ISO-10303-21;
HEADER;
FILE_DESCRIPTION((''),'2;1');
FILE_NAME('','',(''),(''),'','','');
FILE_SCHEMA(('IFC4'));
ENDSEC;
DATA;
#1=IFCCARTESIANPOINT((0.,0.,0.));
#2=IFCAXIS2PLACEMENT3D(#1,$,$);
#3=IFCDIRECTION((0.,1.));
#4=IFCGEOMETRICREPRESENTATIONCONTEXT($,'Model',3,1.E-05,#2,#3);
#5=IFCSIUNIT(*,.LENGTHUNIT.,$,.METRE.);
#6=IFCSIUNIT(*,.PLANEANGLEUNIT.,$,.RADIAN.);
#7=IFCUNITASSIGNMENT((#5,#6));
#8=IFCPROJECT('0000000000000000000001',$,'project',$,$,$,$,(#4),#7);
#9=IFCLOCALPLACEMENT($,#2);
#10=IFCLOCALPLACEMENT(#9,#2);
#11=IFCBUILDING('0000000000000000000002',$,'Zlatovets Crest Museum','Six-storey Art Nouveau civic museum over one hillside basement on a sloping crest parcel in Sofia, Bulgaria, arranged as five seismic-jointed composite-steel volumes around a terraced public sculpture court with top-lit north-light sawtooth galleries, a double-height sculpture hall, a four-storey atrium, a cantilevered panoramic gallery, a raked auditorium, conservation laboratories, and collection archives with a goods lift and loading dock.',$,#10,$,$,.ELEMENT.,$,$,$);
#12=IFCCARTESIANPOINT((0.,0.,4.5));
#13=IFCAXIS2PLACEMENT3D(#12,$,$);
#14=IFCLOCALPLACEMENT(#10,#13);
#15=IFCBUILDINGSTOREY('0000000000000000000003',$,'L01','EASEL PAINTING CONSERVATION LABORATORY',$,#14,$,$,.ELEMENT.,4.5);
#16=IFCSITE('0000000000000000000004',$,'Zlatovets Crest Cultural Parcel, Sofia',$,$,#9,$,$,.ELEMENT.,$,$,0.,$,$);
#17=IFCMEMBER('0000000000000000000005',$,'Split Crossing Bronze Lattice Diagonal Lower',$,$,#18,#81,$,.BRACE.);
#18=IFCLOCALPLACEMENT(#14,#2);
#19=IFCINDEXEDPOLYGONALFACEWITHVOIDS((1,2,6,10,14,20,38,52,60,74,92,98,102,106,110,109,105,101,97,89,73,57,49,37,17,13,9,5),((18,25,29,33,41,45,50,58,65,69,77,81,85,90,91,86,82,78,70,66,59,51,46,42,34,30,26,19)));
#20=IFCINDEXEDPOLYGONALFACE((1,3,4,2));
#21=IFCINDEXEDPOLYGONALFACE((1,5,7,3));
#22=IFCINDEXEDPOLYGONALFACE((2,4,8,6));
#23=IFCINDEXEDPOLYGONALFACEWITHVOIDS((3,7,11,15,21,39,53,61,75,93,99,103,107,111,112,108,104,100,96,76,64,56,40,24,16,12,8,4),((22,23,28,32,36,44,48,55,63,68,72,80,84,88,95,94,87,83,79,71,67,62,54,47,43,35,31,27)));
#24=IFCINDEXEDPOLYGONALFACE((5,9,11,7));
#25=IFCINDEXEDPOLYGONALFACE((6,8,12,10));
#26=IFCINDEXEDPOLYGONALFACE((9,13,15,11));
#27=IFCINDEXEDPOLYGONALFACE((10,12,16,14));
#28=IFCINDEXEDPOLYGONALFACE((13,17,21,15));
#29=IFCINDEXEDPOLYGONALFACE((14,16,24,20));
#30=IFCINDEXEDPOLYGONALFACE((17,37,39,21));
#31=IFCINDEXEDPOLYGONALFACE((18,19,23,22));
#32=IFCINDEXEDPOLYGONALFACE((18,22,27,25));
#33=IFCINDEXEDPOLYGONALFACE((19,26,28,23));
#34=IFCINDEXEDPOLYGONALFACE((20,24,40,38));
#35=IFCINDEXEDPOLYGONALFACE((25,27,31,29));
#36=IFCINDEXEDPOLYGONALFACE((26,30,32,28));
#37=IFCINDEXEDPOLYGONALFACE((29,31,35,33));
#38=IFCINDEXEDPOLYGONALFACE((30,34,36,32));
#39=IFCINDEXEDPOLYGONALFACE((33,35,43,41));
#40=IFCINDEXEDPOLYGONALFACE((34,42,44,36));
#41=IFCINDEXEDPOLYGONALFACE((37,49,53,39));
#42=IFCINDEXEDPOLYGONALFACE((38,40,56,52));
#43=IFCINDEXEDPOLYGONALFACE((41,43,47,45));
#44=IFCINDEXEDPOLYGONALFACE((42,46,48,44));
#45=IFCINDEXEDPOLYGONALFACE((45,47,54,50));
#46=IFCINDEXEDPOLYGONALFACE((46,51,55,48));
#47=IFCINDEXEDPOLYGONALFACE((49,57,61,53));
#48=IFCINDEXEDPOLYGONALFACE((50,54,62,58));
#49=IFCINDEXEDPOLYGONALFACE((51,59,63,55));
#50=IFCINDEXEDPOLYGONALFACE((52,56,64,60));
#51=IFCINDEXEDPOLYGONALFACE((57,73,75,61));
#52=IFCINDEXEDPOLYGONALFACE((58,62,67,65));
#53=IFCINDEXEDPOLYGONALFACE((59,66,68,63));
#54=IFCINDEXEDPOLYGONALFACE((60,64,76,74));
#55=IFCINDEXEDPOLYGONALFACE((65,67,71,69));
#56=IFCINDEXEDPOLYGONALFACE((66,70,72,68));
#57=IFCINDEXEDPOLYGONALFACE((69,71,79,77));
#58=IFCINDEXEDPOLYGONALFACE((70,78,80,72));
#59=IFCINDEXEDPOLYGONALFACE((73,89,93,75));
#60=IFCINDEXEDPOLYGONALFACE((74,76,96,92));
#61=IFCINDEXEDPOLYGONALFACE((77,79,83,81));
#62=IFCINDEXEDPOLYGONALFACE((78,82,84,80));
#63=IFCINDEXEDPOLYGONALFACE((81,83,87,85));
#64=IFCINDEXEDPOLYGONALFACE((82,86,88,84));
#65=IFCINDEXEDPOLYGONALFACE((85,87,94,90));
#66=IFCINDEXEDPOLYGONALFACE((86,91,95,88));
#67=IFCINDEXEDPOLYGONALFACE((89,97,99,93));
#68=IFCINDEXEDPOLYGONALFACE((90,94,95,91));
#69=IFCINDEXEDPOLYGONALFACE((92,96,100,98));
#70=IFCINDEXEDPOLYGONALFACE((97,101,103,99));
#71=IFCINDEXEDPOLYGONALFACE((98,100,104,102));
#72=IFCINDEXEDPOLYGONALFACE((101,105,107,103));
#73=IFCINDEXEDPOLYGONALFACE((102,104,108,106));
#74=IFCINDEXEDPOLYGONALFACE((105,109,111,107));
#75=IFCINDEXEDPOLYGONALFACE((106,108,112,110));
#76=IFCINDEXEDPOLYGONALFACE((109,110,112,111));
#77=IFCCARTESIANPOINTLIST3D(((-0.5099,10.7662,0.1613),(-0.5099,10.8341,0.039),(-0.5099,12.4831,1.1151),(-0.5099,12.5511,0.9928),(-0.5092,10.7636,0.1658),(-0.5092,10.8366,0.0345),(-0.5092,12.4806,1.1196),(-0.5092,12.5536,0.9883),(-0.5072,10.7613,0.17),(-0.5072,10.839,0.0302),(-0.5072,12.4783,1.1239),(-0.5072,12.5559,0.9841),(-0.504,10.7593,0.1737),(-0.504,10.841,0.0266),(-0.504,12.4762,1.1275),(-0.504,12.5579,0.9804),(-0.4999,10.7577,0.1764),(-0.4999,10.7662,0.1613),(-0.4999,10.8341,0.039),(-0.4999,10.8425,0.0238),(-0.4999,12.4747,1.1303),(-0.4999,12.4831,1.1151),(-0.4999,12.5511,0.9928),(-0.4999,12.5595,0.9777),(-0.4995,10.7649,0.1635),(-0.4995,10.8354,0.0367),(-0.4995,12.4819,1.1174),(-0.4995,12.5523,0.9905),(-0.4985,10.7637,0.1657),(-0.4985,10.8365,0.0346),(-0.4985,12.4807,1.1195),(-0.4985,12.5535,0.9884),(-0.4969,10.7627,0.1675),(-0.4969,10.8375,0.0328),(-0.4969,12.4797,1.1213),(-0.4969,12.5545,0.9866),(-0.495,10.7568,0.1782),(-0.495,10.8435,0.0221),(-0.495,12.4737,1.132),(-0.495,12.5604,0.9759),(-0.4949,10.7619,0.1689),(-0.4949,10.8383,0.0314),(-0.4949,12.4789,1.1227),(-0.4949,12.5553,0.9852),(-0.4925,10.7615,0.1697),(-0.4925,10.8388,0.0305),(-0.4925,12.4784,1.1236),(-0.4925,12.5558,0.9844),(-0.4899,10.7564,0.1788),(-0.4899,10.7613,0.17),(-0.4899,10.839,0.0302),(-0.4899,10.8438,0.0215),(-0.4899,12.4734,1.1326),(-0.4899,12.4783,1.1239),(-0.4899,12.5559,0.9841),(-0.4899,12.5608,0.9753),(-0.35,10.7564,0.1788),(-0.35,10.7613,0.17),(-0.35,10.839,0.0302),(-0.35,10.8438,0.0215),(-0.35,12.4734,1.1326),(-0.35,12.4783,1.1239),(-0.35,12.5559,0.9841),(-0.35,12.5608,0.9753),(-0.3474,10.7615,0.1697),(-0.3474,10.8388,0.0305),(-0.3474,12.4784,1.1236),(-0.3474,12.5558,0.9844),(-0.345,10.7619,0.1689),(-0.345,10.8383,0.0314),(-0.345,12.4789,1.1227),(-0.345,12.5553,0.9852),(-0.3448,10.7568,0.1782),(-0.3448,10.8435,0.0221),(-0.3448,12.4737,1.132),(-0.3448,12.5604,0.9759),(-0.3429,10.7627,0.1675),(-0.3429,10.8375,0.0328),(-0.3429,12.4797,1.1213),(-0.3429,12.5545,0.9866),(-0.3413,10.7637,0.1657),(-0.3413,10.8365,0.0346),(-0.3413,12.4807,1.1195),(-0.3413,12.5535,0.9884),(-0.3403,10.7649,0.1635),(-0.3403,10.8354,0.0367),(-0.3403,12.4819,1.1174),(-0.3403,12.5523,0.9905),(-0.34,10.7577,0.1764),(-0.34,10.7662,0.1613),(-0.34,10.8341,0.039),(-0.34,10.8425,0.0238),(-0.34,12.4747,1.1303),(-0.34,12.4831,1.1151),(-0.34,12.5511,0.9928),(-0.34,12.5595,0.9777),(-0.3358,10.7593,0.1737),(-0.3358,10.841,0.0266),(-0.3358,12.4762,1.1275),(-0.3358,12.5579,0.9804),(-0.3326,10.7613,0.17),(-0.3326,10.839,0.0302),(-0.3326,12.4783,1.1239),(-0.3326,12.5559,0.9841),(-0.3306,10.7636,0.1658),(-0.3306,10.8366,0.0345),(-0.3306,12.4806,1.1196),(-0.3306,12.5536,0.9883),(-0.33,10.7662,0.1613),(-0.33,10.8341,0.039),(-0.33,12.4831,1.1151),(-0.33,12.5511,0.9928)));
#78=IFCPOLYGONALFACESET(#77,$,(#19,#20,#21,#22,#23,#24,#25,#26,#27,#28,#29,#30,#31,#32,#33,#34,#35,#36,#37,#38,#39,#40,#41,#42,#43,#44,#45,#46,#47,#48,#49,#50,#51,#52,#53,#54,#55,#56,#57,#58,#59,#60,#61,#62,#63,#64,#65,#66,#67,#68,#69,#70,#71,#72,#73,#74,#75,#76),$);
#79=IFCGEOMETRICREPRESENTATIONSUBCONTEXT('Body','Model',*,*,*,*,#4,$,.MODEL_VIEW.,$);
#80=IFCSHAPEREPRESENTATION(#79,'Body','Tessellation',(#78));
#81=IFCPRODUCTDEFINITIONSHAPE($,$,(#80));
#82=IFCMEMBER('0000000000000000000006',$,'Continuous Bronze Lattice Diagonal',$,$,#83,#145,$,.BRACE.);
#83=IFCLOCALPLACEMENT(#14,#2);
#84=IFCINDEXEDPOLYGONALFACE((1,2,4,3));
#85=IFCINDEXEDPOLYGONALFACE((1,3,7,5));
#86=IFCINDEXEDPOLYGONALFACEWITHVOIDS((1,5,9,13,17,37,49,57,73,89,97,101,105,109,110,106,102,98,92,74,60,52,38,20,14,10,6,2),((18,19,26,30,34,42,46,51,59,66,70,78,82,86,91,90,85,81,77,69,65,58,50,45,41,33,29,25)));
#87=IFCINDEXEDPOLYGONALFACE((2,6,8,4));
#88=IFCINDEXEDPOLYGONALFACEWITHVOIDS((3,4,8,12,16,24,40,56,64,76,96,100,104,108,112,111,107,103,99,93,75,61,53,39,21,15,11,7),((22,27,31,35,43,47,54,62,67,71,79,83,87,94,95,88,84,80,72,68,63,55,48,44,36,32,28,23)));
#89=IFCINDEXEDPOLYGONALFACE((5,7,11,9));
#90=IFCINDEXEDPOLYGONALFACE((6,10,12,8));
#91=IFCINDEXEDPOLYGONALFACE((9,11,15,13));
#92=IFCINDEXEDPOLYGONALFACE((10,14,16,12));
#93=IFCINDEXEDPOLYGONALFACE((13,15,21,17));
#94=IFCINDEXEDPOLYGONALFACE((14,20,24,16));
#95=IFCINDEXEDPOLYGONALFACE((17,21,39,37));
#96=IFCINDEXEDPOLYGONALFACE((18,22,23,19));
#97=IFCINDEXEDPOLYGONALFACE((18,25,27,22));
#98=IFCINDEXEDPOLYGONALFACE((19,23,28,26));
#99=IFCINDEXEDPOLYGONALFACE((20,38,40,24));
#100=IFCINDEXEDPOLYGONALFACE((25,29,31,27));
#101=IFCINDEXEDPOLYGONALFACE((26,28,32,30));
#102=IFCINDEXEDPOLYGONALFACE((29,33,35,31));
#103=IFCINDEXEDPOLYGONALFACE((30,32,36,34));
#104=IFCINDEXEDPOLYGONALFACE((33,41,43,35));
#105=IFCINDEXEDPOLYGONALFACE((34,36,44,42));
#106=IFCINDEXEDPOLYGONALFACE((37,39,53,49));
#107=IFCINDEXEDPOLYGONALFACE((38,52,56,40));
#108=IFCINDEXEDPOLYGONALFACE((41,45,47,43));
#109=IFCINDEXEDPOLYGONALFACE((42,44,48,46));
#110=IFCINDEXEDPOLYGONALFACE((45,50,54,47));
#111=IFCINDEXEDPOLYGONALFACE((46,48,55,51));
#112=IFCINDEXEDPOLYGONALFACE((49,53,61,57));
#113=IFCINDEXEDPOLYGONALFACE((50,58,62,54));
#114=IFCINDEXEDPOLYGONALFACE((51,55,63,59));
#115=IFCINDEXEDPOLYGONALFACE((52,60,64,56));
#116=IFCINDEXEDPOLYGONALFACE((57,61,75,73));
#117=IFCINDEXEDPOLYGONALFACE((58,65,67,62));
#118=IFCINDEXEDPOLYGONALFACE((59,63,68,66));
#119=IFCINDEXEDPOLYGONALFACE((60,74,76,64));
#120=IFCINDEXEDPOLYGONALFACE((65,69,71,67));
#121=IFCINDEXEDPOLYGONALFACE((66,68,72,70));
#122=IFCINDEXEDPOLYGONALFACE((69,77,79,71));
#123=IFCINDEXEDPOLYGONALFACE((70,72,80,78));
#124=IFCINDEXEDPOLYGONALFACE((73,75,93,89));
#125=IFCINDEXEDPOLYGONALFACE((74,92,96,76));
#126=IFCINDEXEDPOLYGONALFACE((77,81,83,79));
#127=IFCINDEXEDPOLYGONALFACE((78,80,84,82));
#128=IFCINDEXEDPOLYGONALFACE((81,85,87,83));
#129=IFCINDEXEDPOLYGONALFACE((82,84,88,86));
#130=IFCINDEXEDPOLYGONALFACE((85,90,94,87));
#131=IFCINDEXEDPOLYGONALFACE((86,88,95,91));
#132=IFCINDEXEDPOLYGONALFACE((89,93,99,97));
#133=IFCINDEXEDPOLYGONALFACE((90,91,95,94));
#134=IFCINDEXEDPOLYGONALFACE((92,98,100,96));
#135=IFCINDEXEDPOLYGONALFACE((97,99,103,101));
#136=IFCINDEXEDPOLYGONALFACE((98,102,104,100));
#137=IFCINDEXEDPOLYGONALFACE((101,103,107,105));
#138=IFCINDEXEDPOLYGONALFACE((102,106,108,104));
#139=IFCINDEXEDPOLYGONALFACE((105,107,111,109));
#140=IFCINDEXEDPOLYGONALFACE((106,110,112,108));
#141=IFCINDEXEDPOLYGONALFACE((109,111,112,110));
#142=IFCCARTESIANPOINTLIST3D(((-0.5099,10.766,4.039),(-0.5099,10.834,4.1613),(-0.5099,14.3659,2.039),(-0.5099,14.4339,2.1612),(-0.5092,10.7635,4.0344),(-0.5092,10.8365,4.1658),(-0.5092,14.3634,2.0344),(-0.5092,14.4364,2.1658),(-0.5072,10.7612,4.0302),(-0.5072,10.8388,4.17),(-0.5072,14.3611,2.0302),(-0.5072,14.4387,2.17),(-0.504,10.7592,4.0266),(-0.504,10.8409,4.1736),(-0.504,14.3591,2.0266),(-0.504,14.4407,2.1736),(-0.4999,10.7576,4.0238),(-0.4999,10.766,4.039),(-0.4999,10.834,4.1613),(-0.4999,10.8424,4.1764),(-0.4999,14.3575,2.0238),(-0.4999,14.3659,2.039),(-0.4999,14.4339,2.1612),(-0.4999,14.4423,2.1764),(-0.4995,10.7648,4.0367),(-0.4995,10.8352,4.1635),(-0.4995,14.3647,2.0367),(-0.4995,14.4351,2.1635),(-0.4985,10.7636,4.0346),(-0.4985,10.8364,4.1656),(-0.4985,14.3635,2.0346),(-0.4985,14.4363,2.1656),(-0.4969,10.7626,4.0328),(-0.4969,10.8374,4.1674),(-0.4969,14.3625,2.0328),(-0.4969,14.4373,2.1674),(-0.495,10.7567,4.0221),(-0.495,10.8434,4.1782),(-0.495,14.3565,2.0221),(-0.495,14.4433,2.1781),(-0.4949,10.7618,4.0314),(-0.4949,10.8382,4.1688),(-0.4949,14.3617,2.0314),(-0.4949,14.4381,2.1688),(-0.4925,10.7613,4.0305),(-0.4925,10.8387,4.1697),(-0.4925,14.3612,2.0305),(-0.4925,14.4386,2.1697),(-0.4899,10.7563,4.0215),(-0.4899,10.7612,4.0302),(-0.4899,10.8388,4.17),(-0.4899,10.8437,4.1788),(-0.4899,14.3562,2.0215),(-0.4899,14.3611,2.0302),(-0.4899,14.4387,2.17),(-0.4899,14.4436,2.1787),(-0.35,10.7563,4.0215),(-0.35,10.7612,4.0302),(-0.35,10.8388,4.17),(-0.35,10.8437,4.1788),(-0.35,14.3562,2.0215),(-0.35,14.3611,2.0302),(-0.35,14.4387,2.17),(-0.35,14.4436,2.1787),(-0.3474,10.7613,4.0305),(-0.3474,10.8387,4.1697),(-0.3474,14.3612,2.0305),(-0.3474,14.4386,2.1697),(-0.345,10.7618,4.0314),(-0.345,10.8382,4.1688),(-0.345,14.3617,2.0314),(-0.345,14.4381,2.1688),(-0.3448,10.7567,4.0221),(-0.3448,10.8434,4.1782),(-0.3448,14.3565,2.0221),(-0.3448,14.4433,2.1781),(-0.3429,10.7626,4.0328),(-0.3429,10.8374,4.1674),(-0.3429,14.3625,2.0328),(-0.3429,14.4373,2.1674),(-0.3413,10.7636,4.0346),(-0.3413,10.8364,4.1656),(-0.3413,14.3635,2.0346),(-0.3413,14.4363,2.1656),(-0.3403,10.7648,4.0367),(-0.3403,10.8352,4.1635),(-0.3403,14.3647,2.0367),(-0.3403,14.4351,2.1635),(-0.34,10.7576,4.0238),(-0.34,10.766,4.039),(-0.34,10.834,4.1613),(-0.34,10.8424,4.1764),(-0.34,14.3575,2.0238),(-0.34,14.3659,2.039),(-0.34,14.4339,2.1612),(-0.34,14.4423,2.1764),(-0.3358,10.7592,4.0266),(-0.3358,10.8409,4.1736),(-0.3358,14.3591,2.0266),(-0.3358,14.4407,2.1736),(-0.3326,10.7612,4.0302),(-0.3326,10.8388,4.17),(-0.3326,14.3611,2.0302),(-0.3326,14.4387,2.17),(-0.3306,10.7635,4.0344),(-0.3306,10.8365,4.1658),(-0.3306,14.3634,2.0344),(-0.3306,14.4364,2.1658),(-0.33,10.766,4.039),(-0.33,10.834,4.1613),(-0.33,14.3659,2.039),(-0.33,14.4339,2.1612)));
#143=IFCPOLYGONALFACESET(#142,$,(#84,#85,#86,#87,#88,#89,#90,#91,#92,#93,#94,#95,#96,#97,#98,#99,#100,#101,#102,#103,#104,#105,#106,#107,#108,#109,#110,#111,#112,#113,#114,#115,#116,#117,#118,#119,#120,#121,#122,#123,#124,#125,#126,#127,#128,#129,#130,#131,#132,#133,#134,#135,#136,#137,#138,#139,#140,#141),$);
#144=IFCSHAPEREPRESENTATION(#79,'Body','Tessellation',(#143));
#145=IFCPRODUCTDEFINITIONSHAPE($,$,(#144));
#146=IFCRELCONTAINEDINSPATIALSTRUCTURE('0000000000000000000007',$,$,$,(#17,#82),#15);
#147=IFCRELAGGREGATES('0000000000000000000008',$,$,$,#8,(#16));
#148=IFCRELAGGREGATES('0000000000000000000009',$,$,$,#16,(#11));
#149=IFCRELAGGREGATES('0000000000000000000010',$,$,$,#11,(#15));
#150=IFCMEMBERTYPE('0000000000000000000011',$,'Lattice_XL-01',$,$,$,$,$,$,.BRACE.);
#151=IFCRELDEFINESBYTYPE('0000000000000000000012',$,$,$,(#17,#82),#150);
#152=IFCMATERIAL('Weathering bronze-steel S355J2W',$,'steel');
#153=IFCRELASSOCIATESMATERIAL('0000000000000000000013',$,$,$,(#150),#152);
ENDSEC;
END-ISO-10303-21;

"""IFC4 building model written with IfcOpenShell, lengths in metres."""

from ifc_helpers import new_model, si_unit, direction, frame, origin, origin_2d, place, context, subcontext, project, spatial, hollow_rectangle, extrude, material, material_profile, profile_set, type_object, element, save


model = new_model("IFC4")

# Units and contexts
model_context = context("Model", 3, precision=1e-05, world=origin(), true_north=direction((0.0, 1.0)))
body_context = subcontext(model_context, "Body", "Model", "MODEL_VIEW")
ifc_project = project(units=[si_unit("LENGTHUNIT", "METRE"), si_unit("PLANEANGLEUNIT", "RADIAN")], contexts=[model_context])

# Site, building, storey
site_placement = place(None, origin())
site = spatial("IfcSite", under=ifc_project, at=site_placement, Name="Zlatovets Crest Cultural Parcel, Sofia", CompositionType="ELEMENT", RefElevation=0.0)
building_placement = place(site_placement, origin())
building = spatial("IfcBuilding", under=site, at=building_placement, Name="Zlatovets Crest Museum", Description="Six-storey Art Nouveau civic museum over one hillside basement on a sloping crest parcel in Sofia, Bulgaria, arranged as five seismic-jointed composite-steel volumes around a terraced public sculpture court with top-lit north-light sawtooth galleries, a double-height sculpture hall, a four-storey atrium, a cantilevered panoramic gallery, a raked auditorium, conservation laboratories, and collection archives with a goods lift and loading dock.", CompositionType="ELEMENT")
storey_placement = place(building_placement, frame((0.0, 0.0, 4.5)))
storey = spatial("IfcBuildingStorey", under=building, at=storey_placement, Name="L01", Description="EASEL PAINTING CONSERVATION LABORATORY", CompositionType="ELEMENT", Elevation=4.5)

# Members
ifc_material_1 = material(Name="Weathering bronze-steel S355J2W", Category="steel")
ifc_material_profile_1 = material_profile(ifc_material_1, hollow_rectangle(XDim=0.1799, YDim=0.1799, WallThickness=0.01, InnerFilletRadius=0.01, OuterFilletRadius=0.02, at=origin_2d()), Name="SHS 180x180x10.0")
ifc_profile_set_1 = profile_set([ifc_material_profile_1], Name="Weathering bronze-steel S355J2W")
member_type_1 = type_object("IfcMemberType", Name="Lattice_XL-01", PredefinedType="BRACE", material=ifc_profile_set_1)
for number, where, z_axis, x_axis, name in (
    (1, (-0.4199, 12.5171, 1.054), (0.0, -0.874169, -0.485622), (1.0, 0.0, 0.0), "Split Crossing Bronze Lattice Diagonal Lower"),
):
    element("IfcMember", number, at=place(storey_placement, frame(where, z_axis=z_axis, x_axis=x_axis)), inside=storey, type_object=member_type_1, Name=name, PredefinedType="BRACE", context=body_context, shape_type="SweptSolid", body=[
        extrude(hollow_rectangle(XDim=0.1799, YDim=0.1799, WallThickness=0.01, InnerFilletRadius=0.01, OuterFilletRadius=0.02, at=origin_2d()), origin(), (0.0, 0.0, 1.0), 1.9641),
    ])
member_1_placement = place(storey_placement, frame((-0.4199, 14.3999, 2.1001), z_axis=(0.0, -0.874149, 0.485658), x_axis=(1.0, 0.0, 0.0)))
element("IfcMember", 2, at=member_1_placement, inside=storey, type_object=member_type_1, Name="Continuous Bronze Lattice Diagonal", PredefinedType="BRACE", context=body_context, shape_type="SweptSolid", body=[
    extrude(hollow_rectangle(XDim=0.1799, YDim=0.1799, WallThickness=0.01, InnerFilletRadius=0.01, OuterFilletRadius=0.02, at=origin_2d()), origin(), (0.0, 0.0, 1.0), 4.1182),
])

save(model, "model.ifc")
